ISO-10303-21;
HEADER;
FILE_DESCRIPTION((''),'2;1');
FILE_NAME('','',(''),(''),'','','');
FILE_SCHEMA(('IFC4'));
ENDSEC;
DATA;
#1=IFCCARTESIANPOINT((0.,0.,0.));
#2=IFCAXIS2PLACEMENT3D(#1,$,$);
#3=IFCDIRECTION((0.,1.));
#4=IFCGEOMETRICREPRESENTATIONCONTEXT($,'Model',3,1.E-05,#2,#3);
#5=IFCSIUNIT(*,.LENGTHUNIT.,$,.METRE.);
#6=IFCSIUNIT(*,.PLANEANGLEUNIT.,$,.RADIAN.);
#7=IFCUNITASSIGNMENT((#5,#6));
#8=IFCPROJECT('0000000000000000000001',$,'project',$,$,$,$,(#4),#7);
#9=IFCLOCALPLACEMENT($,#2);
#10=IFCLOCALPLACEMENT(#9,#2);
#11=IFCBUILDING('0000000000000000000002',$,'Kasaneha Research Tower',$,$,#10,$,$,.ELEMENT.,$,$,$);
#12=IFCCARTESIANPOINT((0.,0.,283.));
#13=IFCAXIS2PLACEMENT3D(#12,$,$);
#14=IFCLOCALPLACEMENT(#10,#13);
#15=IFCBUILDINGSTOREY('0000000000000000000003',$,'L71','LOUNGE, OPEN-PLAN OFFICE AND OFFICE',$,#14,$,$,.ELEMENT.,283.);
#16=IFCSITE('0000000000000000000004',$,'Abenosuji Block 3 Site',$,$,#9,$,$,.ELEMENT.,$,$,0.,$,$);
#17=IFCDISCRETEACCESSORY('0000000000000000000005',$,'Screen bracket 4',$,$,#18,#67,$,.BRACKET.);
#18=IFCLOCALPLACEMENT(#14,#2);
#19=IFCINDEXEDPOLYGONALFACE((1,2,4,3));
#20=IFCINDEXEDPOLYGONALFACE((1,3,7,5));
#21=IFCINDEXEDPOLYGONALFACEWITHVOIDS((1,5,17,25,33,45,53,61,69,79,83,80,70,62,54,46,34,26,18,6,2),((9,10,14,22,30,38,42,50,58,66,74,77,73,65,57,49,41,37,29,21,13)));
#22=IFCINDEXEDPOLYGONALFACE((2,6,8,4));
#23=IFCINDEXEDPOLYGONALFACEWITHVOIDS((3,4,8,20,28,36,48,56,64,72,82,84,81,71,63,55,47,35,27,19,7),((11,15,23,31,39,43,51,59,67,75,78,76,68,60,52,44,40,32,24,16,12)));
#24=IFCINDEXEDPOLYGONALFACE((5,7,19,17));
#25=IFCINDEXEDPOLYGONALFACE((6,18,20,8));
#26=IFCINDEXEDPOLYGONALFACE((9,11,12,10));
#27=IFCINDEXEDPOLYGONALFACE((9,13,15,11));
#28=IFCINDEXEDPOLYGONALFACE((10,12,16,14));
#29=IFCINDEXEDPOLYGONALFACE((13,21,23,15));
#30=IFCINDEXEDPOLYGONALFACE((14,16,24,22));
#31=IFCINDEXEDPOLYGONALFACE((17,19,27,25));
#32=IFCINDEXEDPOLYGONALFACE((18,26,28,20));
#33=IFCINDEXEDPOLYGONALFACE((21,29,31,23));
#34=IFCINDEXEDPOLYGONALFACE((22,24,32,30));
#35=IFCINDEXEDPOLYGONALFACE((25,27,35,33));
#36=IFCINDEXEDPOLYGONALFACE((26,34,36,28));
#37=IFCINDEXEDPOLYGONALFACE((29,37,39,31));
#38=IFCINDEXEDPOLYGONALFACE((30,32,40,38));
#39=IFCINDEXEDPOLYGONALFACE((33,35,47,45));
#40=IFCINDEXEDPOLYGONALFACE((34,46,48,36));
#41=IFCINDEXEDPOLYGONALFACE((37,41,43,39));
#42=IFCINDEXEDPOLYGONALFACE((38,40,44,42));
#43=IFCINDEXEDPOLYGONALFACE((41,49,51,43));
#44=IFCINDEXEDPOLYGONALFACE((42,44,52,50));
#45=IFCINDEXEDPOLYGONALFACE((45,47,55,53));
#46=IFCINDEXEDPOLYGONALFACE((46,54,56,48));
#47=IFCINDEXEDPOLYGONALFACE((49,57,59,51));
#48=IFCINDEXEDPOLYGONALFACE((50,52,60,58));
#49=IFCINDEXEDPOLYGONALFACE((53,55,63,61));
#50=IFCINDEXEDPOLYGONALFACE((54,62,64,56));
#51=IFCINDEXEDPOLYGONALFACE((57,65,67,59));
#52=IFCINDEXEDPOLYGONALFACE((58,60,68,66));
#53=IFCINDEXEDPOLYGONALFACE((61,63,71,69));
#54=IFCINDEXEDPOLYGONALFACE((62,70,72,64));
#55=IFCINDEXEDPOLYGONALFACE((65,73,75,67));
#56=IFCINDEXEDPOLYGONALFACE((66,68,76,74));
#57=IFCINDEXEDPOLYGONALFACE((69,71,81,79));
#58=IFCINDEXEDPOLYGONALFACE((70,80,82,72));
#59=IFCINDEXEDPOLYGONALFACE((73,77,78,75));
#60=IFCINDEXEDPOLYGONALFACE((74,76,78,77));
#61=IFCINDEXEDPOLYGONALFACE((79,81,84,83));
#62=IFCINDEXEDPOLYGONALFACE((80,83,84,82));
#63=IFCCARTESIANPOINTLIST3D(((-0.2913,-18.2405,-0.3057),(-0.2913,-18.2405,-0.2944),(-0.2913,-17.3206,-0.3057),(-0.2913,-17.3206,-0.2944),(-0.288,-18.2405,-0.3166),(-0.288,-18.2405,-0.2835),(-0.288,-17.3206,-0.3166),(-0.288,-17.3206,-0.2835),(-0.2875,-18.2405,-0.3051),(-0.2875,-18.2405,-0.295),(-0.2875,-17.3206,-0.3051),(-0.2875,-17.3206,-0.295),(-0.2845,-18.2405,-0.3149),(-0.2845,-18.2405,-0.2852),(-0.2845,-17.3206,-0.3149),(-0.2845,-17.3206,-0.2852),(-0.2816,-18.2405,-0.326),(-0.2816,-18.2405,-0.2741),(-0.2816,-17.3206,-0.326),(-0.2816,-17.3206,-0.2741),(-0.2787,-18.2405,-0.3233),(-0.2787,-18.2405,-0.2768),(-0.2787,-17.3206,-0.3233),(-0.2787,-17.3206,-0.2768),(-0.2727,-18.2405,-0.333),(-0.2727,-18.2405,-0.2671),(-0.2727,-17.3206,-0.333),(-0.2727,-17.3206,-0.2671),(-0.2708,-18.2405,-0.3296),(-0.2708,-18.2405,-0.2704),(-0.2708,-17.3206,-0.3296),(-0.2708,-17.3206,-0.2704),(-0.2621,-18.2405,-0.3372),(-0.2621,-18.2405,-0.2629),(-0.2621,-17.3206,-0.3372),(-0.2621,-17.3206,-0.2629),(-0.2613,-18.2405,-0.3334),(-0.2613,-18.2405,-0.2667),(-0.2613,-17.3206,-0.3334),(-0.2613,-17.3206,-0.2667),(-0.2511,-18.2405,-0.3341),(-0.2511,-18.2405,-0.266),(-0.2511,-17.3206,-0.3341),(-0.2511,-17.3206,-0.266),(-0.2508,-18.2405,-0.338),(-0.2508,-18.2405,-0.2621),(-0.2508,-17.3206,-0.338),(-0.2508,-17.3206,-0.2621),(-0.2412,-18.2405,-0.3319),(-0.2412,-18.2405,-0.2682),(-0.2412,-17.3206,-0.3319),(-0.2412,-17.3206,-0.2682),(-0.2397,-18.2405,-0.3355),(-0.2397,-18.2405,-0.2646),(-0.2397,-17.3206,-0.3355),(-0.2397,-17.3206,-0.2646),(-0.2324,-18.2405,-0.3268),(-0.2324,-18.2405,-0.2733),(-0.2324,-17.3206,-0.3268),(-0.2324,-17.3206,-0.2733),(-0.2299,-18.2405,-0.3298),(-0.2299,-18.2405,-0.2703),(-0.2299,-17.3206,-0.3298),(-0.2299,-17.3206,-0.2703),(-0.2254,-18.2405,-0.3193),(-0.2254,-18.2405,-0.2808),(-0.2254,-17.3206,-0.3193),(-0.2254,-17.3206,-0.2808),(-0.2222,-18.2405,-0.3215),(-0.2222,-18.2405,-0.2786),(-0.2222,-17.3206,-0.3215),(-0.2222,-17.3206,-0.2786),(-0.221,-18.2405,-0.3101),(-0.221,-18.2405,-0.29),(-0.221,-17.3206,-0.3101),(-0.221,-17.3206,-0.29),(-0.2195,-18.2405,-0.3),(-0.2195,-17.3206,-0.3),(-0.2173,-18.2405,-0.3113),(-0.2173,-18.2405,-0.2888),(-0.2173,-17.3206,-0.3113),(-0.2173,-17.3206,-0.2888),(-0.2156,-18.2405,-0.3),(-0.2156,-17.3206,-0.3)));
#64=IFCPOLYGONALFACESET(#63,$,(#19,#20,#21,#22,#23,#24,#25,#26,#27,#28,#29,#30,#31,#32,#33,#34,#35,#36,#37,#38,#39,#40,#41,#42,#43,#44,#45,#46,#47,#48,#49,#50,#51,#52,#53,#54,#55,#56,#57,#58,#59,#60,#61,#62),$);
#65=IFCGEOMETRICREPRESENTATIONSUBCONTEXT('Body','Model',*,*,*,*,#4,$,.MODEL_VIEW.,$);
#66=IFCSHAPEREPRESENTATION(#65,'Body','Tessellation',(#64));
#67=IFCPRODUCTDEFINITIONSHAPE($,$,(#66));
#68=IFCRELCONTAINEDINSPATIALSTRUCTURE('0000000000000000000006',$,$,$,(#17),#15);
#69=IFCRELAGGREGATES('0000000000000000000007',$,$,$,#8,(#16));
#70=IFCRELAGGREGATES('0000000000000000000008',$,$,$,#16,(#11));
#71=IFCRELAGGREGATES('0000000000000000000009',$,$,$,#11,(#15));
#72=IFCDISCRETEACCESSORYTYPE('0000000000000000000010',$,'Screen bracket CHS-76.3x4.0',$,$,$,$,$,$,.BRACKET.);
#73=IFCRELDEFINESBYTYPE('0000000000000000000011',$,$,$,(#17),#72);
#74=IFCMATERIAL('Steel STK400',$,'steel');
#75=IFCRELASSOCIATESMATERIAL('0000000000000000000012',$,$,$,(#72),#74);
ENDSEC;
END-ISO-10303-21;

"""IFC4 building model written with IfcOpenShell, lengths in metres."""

from ifc_helpers import new_model, si_unit, direction, frame, origin, origin_2d, place, context, subcontext, project, spatial, hollow_circle, extrude, material, material_profile, profile_set, type_object, element, save


model = new_model("IFC4")

# Units and contexts
model_context = context("Model", 3, precision=1e-05, world=origin(), true_north=direction((0.0, 1.0)))
body_context = subcontext(model_context, "Body", "Model", "MODEL_VIEW")
ifc_project = project(units=[si_unit("LENGTHUNIT", "METRE"), si_unit("PLANEANGLEUNIT", "RADIAN")], contexts=[model_context])

# Site, building, storey
site_placement = place(None, origin())
site = spatial("IfcSite", under=ifc_project, at=site_placement, Name="Abenosuji Block 3 Site", CompositionType="ELEMENT", RefElevation=0.0)
building_placement = place(site_placement, origin())
building = spatial("IfcBuilding", under=site, at=building_placement, Name="Kasaneha Research Tower", CompositionType="ELEMENT")
storey_placement = place(building_placement, frame((0.0, 0.0, 283.0)))
storey = spatial("IfcBuildingStorey", under=building, at=storey_placement, Name="L71", Description="LOUNGE, OPEN-PLAN OFFICE AND OFFICE", CompositionType="ELEMENT", Elevation=283.0)

# Discrete accessory
ifc_material_1 = material(Name="Steel STK400", Category="steel")
ifc_material_profile_1 = material_profile(ifc_material_1, hollow_circle(Radius=0.0381, WallThickness=0.0039, at=origin_2d()), Name="CHS-76.3x4.0")
ifc_profile_set_1 = profile_set([ifc_material_profile_1], Name="Steel STK400")
discrete_accessory_type = type_object("IfcDiscreteAccessoryType", Name="Screen bracket CHS-76.3x4.0", PredefinedType="BRACKET", material=ifc_profile_set_1)
for number, where, z_axis, x_axis, name in (
    (1, (-0.2537, -17.3206, -0.3), (0.0, -1.0, 0.0), (1.0, 0.0, 0.0), "Screen bracket 4"),
):
    element("IfcDiscreteAccessory", number, at=place(storey_placement, frame(where, z_axis=z_axis, x_axis=x_axis)), inside=storey, type_object=discrete_accessory_type, Name=name, PredefinedType="BRACKET", context=body_context, shape_type="SweptSolid", body=[
        extrude(hollow_circle(Radius=0.0381, WallThickness=0.0039, at=origin_2d()), origin(), (0.0, 0.0, 1.0), 0.9199),
    ])

save(model, "model.ifc")
